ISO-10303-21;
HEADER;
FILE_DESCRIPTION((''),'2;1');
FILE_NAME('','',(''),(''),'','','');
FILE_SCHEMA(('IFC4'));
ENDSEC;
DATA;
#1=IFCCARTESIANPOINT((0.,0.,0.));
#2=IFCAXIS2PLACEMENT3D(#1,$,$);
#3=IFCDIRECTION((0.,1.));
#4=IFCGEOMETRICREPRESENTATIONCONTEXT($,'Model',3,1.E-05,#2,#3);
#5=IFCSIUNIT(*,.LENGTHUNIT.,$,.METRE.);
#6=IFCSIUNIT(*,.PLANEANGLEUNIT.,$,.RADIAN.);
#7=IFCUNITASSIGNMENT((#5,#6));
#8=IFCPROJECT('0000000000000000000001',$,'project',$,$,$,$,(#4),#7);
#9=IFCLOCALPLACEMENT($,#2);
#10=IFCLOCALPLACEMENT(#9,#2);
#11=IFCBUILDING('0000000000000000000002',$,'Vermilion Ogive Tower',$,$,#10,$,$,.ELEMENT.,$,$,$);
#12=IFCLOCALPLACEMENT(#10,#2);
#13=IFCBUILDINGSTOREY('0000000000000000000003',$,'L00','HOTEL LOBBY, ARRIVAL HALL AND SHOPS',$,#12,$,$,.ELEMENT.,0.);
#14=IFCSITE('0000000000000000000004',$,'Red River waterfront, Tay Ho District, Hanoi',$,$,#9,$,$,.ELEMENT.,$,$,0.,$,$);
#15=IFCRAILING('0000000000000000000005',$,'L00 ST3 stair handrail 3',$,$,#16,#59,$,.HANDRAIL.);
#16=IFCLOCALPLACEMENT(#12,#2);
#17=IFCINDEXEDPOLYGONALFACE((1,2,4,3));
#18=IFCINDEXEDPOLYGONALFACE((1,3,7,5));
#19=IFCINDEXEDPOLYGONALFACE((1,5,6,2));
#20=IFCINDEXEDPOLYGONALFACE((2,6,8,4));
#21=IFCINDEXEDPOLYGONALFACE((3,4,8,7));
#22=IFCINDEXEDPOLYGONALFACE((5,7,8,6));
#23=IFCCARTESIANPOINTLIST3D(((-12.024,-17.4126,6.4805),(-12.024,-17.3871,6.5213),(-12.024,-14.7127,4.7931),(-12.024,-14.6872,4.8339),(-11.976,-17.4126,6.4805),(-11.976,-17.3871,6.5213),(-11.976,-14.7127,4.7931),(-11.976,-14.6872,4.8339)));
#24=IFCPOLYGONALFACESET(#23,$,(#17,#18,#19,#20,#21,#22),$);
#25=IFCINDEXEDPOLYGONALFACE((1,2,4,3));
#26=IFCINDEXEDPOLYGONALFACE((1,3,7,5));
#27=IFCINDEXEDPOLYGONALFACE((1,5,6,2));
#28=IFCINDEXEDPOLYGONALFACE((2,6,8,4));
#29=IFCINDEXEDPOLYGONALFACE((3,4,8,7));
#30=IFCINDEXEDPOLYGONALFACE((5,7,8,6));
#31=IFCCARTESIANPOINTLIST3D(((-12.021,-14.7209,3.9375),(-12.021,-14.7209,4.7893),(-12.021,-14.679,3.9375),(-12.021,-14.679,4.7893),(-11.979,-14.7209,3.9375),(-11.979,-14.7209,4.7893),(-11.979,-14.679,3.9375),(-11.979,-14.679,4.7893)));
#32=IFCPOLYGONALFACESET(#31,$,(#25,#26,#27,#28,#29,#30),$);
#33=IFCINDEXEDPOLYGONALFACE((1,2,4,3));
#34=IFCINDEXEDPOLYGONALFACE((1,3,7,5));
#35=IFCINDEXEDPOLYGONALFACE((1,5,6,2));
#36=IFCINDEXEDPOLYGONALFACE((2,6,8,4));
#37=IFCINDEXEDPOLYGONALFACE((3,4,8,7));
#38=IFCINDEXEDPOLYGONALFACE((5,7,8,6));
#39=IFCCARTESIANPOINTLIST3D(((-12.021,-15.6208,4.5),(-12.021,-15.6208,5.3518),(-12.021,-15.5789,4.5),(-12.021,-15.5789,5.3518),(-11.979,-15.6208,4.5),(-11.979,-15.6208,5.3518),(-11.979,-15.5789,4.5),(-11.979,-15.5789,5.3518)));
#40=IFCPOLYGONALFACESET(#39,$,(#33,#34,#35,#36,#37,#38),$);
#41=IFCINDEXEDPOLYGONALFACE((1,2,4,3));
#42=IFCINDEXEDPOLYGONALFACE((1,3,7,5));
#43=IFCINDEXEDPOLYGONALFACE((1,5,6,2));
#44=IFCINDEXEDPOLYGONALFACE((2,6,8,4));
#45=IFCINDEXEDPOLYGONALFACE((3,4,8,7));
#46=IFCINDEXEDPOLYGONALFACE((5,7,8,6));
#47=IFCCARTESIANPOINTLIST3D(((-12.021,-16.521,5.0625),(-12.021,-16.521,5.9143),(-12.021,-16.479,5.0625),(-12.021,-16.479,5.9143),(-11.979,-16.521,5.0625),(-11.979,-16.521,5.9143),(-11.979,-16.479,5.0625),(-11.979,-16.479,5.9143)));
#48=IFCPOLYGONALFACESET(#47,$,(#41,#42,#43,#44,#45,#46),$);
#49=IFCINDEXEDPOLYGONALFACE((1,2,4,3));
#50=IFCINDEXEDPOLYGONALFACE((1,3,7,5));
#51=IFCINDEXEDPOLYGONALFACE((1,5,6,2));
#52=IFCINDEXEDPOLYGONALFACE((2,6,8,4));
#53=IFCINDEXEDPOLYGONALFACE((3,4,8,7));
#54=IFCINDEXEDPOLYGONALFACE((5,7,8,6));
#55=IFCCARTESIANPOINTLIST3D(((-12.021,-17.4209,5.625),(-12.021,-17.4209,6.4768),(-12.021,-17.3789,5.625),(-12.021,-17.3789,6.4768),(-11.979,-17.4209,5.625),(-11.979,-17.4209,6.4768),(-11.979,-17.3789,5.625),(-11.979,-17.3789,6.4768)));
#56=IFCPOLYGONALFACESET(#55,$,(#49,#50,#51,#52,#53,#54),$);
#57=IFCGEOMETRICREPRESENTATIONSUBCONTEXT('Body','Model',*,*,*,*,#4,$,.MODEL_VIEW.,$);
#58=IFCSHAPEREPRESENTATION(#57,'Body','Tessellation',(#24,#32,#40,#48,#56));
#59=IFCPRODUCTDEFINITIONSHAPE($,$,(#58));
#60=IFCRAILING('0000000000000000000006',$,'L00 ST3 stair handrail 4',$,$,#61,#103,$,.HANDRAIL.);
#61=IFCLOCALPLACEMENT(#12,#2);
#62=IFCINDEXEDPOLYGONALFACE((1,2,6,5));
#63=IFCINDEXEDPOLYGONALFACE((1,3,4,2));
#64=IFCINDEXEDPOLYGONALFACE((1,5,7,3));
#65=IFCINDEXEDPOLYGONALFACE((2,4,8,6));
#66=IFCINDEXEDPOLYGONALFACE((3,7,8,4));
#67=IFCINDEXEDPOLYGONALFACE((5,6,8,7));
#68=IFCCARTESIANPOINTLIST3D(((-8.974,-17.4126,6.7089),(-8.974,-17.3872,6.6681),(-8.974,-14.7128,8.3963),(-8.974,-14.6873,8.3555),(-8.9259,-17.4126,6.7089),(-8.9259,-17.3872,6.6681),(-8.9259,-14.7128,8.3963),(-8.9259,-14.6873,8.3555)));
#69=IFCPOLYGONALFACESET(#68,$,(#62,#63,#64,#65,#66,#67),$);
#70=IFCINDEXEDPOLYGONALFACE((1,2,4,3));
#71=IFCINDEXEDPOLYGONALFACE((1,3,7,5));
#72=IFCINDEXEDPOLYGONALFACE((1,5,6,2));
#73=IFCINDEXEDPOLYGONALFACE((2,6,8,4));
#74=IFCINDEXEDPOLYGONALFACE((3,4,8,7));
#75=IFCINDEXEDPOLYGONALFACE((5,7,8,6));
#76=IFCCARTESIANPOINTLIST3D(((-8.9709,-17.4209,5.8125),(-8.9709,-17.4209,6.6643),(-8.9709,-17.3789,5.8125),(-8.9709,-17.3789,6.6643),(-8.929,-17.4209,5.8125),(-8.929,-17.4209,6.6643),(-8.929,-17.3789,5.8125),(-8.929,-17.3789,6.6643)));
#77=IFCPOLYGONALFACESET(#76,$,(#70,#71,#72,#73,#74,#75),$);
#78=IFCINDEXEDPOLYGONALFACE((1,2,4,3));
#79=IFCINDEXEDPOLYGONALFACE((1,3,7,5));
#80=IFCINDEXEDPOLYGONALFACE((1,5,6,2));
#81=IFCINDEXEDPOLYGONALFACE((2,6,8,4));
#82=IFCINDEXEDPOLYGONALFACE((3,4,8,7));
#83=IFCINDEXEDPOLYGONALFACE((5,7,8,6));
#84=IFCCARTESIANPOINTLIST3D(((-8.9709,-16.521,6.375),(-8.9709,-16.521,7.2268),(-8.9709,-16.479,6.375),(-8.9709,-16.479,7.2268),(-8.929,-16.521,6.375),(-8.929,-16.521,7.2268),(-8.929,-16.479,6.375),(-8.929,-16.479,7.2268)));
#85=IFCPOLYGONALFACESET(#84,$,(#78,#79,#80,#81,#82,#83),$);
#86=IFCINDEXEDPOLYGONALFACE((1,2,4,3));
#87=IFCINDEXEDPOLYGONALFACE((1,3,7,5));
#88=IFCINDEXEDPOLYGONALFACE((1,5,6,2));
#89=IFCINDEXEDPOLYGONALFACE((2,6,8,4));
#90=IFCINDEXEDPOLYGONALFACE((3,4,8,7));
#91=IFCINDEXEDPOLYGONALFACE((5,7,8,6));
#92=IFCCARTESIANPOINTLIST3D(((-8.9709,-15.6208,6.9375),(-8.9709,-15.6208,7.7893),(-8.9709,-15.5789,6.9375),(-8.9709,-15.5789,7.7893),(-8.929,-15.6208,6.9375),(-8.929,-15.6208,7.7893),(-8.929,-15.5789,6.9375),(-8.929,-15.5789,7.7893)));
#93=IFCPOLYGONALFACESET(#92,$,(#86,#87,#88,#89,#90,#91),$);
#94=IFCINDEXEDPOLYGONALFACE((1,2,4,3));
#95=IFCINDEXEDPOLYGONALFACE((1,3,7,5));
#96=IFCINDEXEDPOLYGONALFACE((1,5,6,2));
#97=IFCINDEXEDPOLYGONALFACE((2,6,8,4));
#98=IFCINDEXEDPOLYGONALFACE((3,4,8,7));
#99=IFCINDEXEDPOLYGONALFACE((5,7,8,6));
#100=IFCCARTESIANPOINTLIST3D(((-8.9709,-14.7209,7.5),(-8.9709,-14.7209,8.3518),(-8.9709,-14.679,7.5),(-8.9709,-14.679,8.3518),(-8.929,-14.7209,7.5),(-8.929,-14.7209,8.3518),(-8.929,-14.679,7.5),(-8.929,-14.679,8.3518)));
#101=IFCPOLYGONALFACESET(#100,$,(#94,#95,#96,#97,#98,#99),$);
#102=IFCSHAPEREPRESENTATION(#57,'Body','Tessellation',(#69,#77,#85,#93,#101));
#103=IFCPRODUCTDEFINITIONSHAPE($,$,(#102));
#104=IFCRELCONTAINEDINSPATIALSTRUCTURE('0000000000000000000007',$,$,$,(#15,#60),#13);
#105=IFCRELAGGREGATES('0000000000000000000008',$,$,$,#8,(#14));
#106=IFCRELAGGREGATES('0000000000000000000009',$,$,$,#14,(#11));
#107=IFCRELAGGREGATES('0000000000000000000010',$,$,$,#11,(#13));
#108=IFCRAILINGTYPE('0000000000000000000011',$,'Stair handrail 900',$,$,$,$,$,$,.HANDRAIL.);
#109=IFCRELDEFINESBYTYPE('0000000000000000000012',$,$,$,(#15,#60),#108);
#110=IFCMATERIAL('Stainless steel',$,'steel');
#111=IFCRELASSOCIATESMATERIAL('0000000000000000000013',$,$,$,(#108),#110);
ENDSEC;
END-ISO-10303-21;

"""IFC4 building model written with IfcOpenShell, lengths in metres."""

from ifc_helpers import new_model, si_unit, direction, frame, origin, origin_2d, place, context, subcontext, project, spatial, rectangle, extrude, material, type_object, element, save


model = new_model("IFC4")

# Units and contexts
model_context = context("Model", 3, precision=1e-05, world=origin(), true_north=direction((0.0, 1.0)))
body_context = subcontext(model_context, "Body", "Model", "MODEL_VIEW")
ifc_project = project(units=[si_unit("LENGTHUNIT", "METRE"), si_unit("PLANEANGLEUNIT", "RADIAN")], contexts=[model_context])

# Site, building, storey
site_placement = place(None, origin())
site = spatial("IfcSite", under=ifc_project, at=site_placement, Name="Red River waterfront, Tay Ho District, Hanoi", CompositionType="ELEMENT", RefElevation=0.0)
building_placement = place(site_placement, origin())
building = spatial("IfcBuilding", under=site, at=building_placement, Name="Vermilion Ogive Tower", CompositionType="ELEMENT")
storey_placement = place(building_placement, origin())
storey = spatial("IfcBuildingStorey", under=building, at=storey_placement, Name="L00", Description="HOTEL LOBBY, ARRIVAL HALL AND SHOPS", CompositionType="ELEMENT", Elevation=0.0)

# Railings
ifc_material_1 = material(Name="Stainless steel", Category="steel")
railing_type_1 = type_object("IfcRailingType", Name="Stair handrail 900", PredefinedType="HANDRAIL", material=ifc_material_1)
railing_1_placement = place(storey_placement, frame((-12.0, -14.7, 3.9375)))
element("IfcRailing", 1, at=railing_1_placement, inside=storey, type_object=railing_type_1, Name="L00 ST3 stair handrail 3", PredefinedType="HANDRAIL", context=body_context, shape_type="SweptSolid", body=[
    extrude(rectangle(XDim=0.0481, YDim=0.0481, at=origin_2d()), frame((0.0, 0.0, 0.876), z_axis=(0.0, -0.847994, 0.530006), x_axis=(1.0, 0.0, 0.0)), (0.0, 0.0, 1.0), 3.1838),
    extrude(rectangle(XDim=0.042, YDim=0.042, at=origin_2d()), origin(), (0.0, 0.0, 1.0), 0.8518),
    extrude(rectangle(XDim=0.042, YDim=0.042, at=origin_2d()), frame((0.0, -0.8999, 0.5625)), (0.0, 0.0, 1.0), 0.8518),
    extrude(rectangle(XDim=0.042, YDim=0.042, at=origin_2d()), frame((0.0, -1.8, 1.125)), (0.0, 0.0, 1.0), 0.8518),
    extrude(rectangle(XDim=0.042, YDim=0.042, at=origin_2d()), frame((0.0, -2.7, 1.6875)), (0.0, 0.0, 1.0), 0.8518),
])
railing_2_placement = place(storey_placement, frame((-8.95, -17.3999, 5.8125)))
element("IfcRailing", 2, at=railing_2_placement, inside=storey, type_object=railing_type_1, Name="L00 ST3 stair handrail 4", PredefinedType="HANDRAIL", context=body_context, shape_type="SweptSolid", body=[
    extrude(rectangle(XDim=0.0481, YDim=0.0481, at=origin_2d()), frame((0.0, 0.0, 0.876), z_axis=(0.0, 0.847994, 0.530006), x_axis=(-1.0, 0.0, 0.0)), (0.0, 0.0, 1.0), 3.1838),
    extrude(rectangle(XDim=0.042, YDim=0.042, at=origin_2d()), origin(), (0.0, 0.0, 1.0), 0.8518),
    extrude(rectangle(XDim=0.042, YDim=0.042, at=origin_2d()), frame((0.0, 0.8999, 0.5625)), (0.0, 0.0, 1.0), 0.8518),
    extrude(rectangle(XDim=0.042, YDim=0.042, at=origin_2d()), frame((0.0, 1.8, 1.125)), (0.0, 0.0, 1.0), 0.8518),
    extrude(rectangle(XDim=0.042, YDim=0.042, at=origin_2d()), frame((0.0, 2.7, 1.6875)), (0.0, 0.0, 1.0), 0.8518),
])

save(model, "model.ifc")
